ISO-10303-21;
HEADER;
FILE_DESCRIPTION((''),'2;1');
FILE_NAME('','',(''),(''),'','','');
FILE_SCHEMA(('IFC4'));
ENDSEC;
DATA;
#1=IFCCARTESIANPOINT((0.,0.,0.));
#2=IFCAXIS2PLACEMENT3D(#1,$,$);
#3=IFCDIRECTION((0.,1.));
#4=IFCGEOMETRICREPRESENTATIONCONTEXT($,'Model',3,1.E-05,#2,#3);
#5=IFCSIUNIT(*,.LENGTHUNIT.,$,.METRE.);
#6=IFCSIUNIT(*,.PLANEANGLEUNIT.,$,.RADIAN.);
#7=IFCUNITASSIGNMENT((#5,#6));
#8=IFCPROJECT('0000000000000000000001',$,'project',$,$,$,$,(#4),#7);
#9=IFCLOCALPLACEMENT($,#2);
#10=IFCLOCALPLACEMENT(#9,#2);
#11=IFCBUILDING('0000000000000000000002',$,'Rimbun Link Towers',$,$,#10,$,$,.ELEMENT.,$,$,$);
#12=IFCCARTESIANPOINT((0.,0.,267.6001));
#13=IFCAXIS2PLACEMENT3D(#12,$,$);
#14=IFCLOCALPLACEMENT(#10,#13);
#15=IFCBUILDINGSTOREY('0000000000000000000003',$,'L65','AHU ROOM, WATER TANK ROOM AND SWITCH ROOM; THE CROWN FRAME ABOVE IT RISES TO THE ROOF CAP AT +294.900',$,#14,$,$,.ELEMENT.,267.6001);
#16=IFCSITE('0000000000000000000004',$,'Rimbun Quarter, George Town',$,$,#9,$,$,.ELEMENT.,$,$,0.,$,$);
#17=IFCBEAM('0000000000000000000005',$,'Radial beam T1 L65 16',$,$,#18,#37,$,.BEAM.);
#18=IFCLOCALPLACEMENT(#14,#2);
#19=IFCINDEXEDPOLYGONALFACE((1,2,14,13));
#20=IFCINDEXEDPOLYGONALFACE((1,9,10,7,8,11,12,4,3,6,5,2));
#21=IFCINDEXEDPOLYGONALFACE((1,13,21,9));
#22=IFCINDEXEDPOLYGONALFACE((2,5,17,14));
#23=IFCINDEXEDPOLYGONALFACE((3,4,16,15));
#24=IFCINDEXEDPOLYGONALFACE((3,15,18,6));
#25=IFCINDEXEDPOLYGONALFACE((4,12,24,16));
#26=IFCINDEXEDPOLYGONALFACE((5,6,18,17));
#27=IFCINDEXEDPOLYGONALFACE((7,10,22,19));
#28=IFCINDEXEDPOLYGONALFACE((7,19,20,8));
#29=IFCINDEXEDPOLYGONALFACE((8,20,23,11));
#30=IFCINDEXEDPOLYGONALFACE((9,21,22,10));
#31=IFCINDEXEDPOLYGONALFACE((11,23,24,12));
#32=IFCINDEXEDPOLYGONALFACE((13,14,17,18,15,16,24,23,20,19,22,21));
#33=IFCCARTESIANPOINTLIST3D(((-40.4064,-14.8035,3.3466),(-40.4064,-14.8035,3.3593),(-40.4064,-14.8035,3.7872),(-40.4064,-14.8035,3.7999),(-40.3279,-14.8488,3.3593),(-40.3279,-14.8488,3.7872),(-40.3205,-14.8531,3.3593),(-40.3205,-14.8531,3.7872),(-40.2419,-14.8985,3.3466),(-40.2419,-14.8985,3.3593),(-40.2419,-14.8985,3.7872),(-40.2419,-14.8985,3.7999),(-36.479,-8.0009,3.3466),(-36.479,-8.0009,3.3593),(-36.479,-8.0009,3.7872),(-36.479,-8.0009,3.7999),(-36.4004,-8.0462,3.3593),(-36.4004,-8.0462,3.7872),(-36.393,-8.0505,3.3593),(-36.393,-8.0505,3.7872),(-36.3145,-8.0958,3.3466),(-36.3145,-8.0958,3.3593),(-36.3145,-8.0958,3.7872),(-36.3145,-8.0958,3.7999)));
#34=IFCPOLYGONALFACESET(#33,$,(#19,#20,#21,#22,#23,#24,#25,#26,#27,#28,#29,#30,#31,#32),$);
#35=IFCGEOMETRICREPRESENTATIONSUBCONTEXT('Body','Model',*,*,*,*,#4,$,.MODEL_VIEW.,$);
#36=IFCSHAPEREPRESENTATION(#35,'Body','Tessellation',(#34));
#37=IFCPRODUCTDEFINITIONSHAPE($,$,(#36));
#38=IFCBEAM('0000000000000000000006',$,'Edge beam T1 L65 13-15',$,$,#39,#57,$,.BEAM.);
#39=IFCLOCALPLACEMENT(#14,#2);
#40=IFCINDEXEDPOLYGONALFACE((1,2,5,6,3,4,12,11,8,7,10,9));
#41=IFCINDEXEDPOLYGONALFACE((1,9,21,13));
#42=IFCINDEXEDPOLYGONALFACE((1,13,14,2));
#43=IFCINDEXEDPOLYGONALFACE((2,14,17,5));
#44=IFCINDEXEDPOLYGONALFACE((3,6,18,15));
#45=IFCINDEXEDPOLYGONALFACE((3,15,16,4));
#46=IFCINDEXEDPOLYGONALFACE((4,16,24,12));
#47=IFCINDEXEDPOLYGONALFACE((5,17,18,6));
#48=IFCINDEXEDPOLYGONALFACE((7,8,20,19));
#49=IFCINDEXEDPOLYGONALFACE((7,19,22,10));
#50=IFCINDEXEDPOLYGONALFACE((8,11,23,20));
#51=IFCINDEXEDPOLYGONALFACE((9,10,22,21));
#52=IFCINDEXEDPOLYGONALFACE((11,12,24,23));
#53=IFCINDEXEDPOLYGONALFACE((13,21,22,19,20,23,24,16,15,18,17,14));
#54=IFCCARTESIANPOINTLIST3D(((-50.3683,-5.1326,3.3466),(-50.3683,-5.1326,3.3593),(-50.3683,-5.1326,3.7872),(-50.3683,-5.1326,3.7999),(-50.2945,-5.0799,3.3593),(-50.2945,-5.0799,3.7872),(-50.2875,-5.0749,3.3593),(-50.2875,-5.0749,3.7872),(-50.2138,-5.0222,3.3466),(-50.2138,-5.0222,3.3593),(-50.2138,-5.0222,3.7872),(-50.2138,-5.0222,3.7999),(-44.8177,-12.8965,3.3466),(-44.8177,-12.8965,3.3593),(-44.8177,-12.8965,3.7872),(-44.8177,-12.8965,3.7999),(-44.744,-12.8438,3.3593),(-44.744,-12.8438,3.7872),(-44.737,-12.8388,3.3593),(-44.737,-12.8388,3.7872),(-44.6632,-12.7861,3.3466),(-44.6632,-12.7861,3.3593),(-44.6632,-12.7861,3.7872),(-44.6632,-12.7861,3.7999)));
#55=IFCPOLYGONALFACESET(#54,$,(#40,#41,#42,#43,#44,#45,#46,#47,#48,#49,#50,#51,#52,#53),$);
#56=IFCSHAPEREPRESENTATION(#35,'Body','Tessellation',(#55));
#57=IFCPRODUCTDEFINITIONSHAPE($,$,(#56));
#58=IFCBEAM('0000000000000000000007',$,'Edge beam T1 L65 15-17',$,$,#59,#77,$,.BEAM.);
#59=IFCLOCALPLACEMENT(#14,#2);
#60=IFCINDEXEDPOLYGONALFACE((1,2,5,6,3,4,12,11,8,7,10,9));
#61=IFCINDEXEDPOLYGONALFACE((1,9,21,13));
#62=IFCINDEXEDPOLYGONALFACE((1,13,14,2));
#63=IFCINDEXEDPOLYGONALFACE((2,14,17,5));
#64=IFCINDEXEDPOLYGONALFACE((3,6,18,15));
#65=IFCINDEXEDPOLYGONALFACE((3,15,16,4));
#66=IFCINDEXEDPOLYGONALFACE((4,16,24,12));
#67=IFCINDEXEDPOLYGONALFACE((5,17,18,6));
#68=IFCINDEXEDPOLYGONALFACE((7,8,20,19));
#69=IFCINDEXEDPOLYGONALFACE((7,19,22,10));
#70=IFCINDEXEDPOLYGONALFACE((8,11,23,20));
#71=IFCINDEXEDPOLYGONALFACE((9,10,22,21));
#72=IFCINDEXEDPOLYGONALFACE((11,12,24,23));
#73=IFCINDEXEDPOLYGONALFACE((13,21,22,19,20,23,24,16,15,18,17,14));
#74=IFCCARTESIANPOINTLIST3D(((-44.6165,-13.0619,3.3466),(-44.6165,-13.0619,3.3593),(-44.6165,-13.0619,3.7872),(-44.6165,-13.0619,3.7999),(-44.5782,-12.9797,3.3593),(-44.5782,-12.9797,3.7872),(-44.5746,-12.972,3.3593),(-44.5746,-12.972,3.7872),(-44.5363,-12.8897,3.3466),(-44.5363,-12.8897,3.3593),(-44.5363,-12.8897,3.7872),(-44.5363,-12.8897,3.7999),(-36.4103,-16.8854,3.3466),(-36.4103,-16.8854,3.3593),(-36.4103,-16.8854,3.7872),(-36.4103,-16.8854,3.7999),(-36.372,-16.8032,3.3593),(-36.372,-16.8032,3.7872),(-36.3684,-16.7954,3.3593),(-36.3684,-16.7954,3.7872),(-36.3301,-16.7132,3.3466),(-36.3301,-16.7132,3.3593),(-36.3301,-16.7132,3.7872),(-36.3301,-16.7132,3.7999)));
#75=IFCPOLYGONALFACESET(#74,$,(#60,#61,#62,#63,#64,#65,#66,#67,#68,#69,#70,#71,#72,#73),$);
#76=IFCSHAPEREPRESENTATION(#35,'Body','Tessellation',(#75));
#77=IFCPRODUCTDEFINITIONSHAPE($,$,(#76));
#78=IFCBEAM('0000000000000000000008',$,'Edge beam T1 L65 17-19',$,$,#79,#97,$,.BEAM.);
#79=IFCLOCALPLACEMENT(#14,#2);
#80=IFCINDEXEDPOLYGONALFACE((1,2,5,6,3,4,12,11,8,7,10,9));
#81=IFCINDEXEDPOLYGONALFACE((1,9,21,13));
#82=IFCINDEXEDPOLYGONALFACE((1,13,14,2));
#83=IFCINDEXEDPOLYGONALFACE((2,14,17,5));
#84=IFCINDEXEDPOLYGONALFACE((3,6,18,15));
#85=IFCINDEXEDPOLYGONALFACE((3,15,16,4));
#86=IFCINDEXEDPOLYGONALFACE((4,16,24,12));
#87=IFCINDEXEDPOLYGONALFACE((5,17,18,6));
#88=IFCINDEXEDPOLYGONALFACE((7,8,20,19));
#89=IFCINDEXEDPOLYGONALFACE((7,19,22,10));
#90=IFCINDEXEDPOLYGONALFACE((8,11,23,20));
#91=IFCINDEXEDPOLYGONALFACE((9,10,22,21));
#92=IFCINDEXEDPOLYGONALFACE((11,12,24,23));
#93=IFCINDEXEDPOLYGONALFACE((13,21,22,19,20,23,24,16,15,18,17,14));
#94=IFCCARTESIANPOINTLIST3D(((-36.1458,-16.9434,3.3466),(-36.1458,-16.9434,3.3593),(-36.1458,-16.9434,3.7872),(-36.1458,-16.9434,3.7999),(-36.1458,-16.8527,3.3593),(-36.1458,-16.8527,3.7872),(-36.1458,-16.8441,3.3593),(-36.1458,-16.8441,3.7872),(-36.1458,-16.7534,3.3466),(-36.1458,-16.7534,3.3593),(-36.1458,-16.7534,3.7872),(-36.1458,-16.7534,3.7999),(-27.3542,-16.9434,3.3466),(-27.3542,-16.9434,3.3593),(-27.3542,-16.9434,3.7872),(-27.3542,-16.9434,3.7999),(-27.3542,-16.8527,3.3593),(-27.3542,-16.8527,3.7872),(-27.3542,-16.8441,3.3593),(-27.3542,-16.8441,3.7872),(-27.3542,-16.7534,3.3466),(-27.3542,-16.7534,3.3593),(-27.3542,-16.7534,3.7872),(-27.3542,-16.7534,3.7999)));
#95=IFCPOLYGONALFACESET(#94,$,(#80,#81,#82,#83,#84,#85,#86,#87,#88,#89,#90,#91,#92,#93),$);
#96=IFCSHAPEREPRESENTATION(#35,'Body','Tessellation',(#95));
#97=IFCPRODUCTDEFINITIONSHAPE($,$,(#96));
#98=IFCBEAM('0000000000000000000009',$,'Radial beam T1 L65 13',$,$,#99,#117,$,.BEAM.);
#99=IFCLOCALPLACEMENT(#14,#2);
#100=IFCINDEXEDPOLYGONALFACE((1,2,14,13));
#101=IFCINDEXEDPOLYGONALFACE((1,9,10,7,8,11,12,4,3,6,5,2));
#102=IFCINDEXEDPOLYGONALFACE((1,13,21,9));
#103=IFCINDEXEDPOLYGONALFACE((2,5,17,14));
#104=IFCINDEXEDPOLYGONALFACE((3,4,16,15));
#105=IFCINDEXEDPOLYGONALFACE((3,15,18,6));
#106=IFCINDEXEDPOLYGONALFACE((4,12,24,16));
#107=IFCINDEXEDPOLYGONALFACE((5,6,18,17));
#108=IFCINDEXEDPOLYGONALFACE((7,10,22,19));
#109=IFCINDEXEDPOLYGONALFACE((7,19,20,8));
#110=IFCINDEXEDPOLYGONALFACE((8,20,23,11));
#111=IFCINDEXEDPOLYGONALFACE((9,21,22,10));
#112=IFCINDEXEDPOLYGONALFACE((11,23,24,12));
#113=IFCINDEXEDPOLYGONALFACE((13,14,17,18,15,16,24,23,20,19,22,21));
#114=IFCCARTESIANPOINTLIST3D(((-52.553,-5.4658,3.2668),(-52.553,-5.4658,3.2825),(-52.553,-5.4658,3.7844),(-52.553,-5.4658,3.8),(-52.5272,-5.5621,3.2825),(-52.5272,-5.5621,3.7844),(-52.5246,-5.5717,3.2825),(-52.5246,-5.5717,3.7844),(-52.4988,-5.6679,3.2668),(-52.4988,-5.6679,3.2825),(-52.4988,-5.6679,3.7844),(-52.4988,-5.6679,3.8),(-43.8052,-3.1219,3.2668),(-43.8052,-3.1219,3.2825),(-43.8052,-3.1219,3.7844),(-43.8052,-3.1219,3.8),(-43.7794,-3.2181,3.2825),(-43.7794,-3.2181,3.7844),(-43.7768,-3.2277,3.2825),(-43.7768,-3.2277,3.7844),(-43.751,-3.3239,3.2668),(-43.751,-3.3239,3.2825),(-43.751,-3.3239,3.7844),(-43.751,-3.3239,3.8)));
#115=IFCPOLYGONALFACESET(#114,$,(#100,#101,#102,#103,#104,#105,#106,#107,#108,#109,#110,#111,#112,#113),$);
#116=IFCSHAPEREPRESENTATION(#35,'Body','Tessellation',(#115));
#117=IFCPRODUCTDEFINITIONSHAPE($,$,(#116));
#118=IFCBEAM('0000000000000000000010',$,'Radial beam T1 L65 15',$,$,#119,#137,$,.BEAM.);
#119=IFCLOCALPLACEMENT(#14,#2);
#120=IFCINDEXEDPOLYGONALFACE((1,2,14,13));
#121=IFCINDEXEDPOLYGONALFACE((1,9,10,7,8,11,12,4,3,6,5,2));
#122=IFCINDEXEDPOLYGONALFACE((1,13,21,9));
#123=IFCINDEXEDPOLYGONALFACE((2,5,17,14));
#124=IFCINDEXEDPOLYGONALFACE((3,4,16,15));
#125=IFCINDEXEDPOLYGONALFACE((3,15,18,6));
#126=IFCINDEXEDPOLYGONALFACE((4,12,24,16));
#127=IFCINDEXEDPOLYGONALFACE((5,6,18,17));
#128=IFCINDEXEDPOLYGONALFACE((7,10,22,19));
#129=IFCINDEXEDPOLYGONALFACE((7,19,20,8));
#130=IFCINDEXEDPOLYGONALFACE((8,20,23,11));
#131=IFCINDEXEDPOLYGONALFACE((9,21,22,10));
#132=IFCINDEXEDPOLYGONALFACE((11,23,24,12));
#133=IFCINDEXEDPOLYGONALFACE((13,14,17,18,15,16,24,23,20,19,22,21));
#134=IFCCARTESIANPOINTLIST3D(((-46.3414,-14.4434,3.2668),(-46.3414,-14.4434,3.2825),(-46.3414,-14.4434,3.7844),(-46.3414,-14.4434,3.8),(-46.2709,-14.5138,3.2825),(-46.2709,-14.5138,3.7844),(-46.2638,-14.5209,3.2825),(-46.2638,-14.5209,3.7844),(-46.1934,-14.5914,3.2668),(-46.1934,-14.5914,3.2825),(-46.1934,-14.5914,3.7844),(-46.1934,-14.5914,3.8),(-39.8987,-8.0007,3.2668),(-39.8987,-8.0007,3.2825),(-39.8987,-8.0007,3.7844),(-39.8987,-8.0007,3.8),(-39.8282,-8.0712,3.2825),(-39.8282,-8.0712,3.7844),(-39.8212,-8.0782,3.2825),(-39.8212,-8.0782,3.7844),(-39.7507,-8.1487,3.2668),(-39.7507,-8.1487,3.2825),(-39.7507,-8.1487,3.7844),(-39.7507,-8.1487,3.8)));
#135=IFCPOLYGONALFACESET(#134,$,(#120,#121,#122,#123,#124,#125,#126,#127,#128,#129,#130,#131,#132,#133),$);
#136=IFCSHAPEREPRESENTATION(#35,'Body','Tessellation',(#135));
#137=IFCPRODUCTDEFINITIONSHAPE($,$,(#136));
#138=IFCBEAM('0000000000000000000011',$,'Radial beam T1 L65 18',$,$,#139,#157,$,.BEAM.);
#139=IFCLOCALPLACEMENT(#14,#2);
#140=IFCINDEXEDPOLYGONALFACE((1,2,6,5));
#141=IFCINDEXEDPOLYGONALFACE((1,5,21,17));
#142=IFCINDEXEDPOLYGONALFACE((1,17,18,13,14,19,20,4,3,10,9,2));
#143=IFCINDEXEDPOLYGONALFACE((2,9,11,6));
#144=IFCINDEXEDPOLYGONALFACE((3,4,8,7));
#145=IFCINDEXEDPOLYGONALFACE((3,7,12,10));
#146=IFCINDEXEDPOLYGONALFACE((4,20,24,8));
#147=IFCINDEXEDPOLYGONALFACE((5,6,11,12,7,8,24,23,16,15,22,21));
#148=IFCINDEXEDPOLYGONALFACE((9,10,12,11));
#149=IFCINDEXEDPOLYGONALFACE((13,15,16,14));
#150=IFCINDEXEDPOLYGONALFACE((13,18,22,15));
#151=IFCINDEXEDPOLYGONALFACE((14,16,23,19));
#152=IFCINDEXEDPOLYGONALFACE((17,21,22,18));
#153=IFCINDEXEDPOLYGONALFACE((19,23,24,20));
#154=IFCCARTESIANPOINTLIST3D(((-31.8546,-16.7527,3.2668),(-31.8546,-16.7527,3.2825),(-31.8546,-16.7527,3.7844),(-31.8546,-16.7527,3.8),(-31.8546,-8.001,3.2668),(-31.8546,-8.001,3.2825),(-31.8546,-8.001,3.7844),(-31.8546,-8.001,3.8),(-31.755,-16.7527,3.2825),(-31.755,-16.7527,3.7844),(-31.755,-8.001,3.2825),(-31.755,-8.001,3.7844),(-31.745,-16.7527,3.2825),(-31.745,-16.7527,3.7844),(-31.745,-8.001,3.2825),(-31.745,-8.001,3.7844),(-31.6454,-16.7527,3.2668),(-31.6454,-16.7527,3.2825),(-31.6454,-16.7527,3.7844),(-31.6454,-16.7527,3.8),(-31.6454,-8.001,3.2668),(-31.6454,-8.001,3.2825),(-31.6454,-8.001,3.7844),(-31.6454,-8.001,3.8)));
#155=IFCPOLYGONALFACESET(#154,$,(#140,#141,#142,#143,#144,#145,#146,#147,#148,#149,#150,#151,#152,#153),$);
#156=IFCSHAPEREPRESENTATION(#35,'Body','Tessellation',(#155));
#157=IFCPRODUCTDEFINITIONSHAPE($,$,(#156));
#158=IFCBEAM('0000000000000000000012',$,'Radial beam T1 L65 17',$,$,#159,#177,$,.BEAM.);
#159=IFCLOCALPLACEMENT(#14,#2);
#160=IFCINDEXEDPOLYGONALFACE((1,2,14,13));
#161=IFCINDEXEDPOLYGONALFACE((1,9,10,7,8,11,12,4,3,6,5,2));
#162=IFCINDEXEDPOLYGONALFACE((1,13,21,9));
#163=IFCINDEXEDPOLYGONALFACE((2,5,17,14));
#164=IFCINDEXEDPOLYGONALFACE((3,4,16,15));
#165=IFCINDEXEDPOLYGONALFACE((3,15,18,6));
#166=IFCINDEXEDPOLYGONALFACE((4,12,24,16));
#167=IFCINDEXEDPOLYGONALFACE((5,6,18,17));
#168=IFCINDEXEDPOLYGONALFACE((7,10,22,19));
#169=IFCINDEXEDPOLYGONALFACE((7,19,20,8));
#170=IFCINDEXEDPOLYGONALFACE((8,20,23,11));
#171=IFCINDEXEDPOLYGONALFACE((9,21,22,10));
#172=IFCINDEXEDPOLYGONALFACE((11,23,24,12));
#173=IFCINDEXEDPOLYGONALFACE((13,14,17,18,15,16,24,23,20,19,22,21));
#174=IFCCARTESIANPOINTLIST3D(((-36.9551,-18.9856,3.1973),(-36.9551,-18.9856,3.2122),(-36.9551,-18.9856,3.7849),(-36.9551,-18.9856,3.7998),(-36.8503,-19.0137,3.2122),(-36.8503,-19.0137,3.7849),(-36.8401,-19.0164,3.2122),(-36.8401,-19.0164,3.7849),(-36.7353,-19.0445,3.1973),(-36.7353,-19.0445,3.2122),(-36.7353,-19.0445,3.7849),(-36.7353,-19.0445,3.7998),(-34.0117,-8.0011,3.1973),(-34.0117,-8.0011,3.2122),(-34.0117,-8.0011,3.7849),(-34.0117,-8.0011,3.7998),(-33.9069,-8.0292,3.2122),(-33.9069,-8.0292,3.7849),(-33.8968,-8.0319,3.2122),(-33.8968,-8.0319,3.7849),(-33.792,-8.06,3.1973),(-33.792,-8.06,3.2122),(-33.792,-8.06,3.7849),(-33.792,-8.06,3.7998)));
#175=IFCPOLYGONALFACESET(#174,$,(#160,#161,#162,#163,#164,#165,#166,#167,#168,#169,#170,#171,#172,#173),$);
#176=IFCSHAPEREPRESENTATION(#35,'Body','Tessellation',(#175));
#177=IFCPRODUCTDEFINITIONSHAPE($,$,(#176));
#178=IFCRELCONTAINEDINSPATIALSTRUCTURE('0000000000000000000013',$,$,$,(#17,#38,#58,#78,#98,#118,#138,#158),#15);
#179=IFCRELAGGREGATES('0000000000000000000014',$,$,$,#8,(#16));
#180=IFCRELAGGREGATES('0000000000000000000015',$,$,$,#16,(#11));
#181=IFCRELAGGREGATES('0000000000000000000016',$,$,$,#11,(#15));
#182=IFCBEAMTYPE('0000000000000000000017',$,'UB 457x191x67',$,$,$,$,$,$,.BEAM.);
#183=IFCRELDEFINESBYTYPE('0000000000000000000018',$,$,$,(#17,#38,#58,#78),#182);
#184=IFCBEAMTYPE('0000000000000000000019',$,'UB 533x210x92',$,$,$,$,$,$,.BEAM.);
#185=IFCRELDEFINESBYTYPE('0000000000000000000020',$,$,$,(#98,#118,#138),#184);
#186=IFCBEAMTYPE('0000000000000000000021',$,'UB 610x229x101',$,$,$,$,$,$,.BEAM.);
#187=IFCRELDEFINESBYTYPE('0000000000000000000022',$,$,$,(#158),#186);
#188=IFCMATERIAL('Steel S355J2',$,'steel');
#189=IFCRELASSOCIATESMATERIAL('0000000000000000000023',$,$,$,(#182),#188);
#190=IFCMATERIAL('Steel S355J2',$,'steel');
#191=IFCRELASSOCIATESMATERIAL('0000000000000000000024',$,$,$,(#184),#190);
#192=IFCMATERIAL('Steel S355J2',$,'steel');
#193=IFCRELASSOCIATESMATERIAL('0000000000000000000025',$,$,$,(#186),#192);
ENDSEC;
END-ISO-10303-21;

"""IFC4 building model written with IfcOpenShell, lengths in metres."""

from ifc_helpers import new_model, si_unit, direction, frame, origin, origin_2d, place, context, subcontext, project, spatial, i_section, extrude, material, material_profile, profile_set, type_object, element, save


model = new_model("IFC4")

# Units and contexts
model_context = context("Model", 3, precision=1e-05, world=origin(), true_north=direction((0.0, 1.0)))
body_context = subcontext(model_context, "Body", "Model", "MODEL_VIEW")
ifc_project = project(units=[si_unit("LENGTHUNIT", "METRE"), si_unit("PLANEANGLEUNIT", "RADIAN")], contexts=[model_context])

# Site, building, storey
site_placement = place(None, origin())
site = spatial("IfcSite", under=ifc_project, at=site_placement, Name="Rimbun Quarter, George Town", CompositionType="ELEMENT", RefElevation=0.0)
building_placement = place(site_placement, origin())
building = spatial("IfcBuilding", under=site, at=building_placement, Name="Rimbun Link Towers", CompositionType="ELEMENT")
storey_placement = place(building_placement, frame((0.0, 0.0, 267.6001)))
storey = spatial("IfcBuildingStorey", under=building, at=storey_placement, Name="L65", Description="AHU ROOM, WATER TANK ROOM AND SWITCH ROOM; THE CROWN FRAME ABOVE IT RISES TO THE ROOF CAP AT +294.900", CompositionType="ELEMENT", Elevation=267.6001)

# Beams
ifc_material_1 = material(Name="Steel S355J2", Category="steel")
ifc_material_profile_1 = material_profile(ifc_material_1, i_section(OverallWidth=0.1899, OverallDepth=0.4534, WebThickness=0.0085, FlangeThickness=0.0127, at=origin_2d()), Name="UB 457x191x67")
ifc_profile_set_1 = profile_set([ifc_material_profile_1], Name="Steel S355J2")
beam_type_1 = type_object("IfcBeamType", Name="UB 457x191x67", PredefinedType="BEAM", material=ifc_profile_set_1)
beam_1_placement = place(storey_placement, frame((-36.3967, -8.0483, 3.5732), z_axis=(-0.499993, -0.866029, 0.0), x_axis=(0.866029, -0.499993, 0.0)))
element("IfcBeam", 1, at=beam_1_placement, inside=storey, type_object=beam_type_1, Name="Radial beam T1 L65 16", PredefinedType="BEAM", context=body_context, shape_type="SweptSolid", body=[
    extrude(i_section(OverallWidth=0.1899, OverallDepth=0.4534, WebThickness=0.0085, FlangeThickness=0.0127, at=origin_2d()), origin(), (0.0, 0.0, 1.0), 7.855),
])
beam_2_placement = place(storey_placement, frame((-50.291, -5.0774, 3.5732), z_axis=(0.581577, -0.813491, 0.0), x_axis=(0.813491, 0.581577, 0.0)))
element("IfcBeam", 2, at=beam_2_placement, inside=storey, type_object=beam_type_1, Name="Edge beam T1 L65 13-15", PredefinedType="BEAM", context=body_context, shape_type="SweptSolid", body=[
    extrude(i_section(OverallWidth=0.1899, OverallDepth=0.4534, WebThickness=0.0085, FlangeThickness=0.0127, at=origin_2d()), origin(), (0.0, 0.0, 1.0), 9.5439),
])
beam_3_placement = place(storey_placement, frame((-44.5764, -12.9758, 3.5732), z_axis=(0.906442, -0.42233, 0.0), x_axis=(0.42233, 0.906442, 0.0)))
element("IfcBeam", 3, at=beam_3_placement, inside=storey, type_object=beam_type_1, Name="Edge beam T1 L65 15-17", PredefinedType="BEAM", context=body_context, shape_type="SweptSolid", body=[
    extrude(i_section(OverallWidth=0.1899, OverallDepth=0.4534, WebThickness=0.0085, FlangeThickness=0.0127, at=origin_2d()), origin(), (0.0, 0.0, 1.0), 9.0532),
])
beam_4_placement = place(storey_placement, frame((-36.1458, -16.8484, 3.5732), z_axis=(1.0, 0.0, 0.0), x_axis=(0.0, 1.0, 0.0)))
element("IfcBeam", 4, at=beam_4_placement, inside=storey, type_object=beam_type_1, Name="Edge beam T1 L65 17-19", PredefinedType="BEAM", context=body_context, shape_type="SweptSolid", body=[
    extrude(i_section(OverallWidth=0.1899, OverallDepth=0.4534, WebThickness=0.0085, FlangeThickness=0.0127, at=origin_2d()), origin(), (0.0, 0.0, 1.0), 8.7915),
])
ifc_material_2 = material(Name="Steel S355J2", Category="steel")
ifc_material_profile_2 = material_profile(ifc_material_2, i_section(OverallWidth=0.2092, OverallDepth=0.5332, WebThickness=0.01, FlangeThickness=0.0156, at=origin_2d()), Name="UB 533x210x92")
ifc_profile_set_2 = profile_set([ifc_material_profile_2], Name="Steel S355J2")
beam_type_2 = type_object("IfcBeamType", Name="UB 533x210x92", PredefinedType="BEAM", material=ifc_profile_set_2)
beam_5_placement = place(storey_placement, frame((-43.7781, -3.2229, 3.5334), z_axis=(-0.965925, -0.258822, 0.0), x_axis=(0.258822, -0.965925, 0.0)))
element("IfcBeam", 5, at=beam_5_placement, inside=storey, type_object=beam_type_2, Name="Radial beam T1 L65 13", PredefinedType="BEAM", context=body_context, shape_type="SweptSolid", body=[
    extrude(i_section(OverallWidth=0.2092, OverallDepth=0.5332, WebThickness=0.01, FlangeThickness=0.0156, at=origin_2d()), origin(), (0.0, 0.0, 1.0), 9.0564),
])
beam_6_placement = place(storey_placement, frame((-39.8247, -8.0747, 3.5334), z_axis=(-0.707107, -0.707107, 0.0), x_axis=(0.707107, -0.707107, 0.0)))
element("IfcBeam", 6, at=beam_6_placement, inside=storey, type_object=beam_type_2, Name="Radial beam T1 L65 15", PredefinedType="BEAM", context=body_context, shape_type="SweptSolid", body=[
    extrude(i_section(OverallWidth=0.2092, OverallDepth=0.5332, WebThickness=0.01, FlangeThickness=0.0156, at=origin_2d()), origin(), (0.0, 0.0, 1.0), 9.1113),
])
beam_7_placement = place(storey_placement, frame((-31.75, -8.001, 3.5334), z_axis=(0.0, -1.0, 0.0), x_axis=(1.0, 0.0, 0.0)))
element("IfcBeam", 7, at=beam_7_placement, inside=storey, type_object=beam_type_2, Name="Radial beam T1 L65 18", PredefinedType="BEAM", context=body_context, shape_type="SweptSolid", body=[
    extrude(i_section(OverallWidth=0.2092, OverallDepth=0.5332, WebThickness=0.01, FlangeThickness=0.0156, at=origin_2d()), origin(), (0.0, 0.0, 1.0), 8.7517),
])
ifc_material_3 = material(Name="Steel S355J2", Category="steel")
ifc_material_profile_3 = material_profile(ifc_material_3, i_section(OverallWidth=0.2275, OverallDepth=0.6025, WebThickness=0.0105, FlangeThickness=0.0149, at=origin_2d()), Name="UB 610x229x101")
ifc_profile_set_3 = profile_set([ifc_material_profile_3], Name="Steel S355J2")
beam_type_3 = type_object("IfcBeamType", Name="UB 610x229x101", PredefinedType="BEAM", material=ifc_profile_set_3)
beam_8_placement = place(storey_placement, frame((-33.9019, -8.0305, 3.4985), z_axis=(-0.258822, -0.965925, 0.0), x_axis=(0.965925, -0.258822, 0.0)))
element("IfcBeam", 8, at=beam_8_placement, inside=storey, type_object=beam_type_3, Name="Radial beam T1 L65 17", PredefinedType="BEAM", context=body_context, shape_type="SweptSolid", body=[
    extrude(i_section(OverallWidth=0.2275, OverallDepth=0.6025, WebThickness=0.0105, FlangeThickness=0.0149, at=origin_2d()), origin(), (0.0, 0.0, 1.0), 11.3721),
])

save(model, "model.ifc")
